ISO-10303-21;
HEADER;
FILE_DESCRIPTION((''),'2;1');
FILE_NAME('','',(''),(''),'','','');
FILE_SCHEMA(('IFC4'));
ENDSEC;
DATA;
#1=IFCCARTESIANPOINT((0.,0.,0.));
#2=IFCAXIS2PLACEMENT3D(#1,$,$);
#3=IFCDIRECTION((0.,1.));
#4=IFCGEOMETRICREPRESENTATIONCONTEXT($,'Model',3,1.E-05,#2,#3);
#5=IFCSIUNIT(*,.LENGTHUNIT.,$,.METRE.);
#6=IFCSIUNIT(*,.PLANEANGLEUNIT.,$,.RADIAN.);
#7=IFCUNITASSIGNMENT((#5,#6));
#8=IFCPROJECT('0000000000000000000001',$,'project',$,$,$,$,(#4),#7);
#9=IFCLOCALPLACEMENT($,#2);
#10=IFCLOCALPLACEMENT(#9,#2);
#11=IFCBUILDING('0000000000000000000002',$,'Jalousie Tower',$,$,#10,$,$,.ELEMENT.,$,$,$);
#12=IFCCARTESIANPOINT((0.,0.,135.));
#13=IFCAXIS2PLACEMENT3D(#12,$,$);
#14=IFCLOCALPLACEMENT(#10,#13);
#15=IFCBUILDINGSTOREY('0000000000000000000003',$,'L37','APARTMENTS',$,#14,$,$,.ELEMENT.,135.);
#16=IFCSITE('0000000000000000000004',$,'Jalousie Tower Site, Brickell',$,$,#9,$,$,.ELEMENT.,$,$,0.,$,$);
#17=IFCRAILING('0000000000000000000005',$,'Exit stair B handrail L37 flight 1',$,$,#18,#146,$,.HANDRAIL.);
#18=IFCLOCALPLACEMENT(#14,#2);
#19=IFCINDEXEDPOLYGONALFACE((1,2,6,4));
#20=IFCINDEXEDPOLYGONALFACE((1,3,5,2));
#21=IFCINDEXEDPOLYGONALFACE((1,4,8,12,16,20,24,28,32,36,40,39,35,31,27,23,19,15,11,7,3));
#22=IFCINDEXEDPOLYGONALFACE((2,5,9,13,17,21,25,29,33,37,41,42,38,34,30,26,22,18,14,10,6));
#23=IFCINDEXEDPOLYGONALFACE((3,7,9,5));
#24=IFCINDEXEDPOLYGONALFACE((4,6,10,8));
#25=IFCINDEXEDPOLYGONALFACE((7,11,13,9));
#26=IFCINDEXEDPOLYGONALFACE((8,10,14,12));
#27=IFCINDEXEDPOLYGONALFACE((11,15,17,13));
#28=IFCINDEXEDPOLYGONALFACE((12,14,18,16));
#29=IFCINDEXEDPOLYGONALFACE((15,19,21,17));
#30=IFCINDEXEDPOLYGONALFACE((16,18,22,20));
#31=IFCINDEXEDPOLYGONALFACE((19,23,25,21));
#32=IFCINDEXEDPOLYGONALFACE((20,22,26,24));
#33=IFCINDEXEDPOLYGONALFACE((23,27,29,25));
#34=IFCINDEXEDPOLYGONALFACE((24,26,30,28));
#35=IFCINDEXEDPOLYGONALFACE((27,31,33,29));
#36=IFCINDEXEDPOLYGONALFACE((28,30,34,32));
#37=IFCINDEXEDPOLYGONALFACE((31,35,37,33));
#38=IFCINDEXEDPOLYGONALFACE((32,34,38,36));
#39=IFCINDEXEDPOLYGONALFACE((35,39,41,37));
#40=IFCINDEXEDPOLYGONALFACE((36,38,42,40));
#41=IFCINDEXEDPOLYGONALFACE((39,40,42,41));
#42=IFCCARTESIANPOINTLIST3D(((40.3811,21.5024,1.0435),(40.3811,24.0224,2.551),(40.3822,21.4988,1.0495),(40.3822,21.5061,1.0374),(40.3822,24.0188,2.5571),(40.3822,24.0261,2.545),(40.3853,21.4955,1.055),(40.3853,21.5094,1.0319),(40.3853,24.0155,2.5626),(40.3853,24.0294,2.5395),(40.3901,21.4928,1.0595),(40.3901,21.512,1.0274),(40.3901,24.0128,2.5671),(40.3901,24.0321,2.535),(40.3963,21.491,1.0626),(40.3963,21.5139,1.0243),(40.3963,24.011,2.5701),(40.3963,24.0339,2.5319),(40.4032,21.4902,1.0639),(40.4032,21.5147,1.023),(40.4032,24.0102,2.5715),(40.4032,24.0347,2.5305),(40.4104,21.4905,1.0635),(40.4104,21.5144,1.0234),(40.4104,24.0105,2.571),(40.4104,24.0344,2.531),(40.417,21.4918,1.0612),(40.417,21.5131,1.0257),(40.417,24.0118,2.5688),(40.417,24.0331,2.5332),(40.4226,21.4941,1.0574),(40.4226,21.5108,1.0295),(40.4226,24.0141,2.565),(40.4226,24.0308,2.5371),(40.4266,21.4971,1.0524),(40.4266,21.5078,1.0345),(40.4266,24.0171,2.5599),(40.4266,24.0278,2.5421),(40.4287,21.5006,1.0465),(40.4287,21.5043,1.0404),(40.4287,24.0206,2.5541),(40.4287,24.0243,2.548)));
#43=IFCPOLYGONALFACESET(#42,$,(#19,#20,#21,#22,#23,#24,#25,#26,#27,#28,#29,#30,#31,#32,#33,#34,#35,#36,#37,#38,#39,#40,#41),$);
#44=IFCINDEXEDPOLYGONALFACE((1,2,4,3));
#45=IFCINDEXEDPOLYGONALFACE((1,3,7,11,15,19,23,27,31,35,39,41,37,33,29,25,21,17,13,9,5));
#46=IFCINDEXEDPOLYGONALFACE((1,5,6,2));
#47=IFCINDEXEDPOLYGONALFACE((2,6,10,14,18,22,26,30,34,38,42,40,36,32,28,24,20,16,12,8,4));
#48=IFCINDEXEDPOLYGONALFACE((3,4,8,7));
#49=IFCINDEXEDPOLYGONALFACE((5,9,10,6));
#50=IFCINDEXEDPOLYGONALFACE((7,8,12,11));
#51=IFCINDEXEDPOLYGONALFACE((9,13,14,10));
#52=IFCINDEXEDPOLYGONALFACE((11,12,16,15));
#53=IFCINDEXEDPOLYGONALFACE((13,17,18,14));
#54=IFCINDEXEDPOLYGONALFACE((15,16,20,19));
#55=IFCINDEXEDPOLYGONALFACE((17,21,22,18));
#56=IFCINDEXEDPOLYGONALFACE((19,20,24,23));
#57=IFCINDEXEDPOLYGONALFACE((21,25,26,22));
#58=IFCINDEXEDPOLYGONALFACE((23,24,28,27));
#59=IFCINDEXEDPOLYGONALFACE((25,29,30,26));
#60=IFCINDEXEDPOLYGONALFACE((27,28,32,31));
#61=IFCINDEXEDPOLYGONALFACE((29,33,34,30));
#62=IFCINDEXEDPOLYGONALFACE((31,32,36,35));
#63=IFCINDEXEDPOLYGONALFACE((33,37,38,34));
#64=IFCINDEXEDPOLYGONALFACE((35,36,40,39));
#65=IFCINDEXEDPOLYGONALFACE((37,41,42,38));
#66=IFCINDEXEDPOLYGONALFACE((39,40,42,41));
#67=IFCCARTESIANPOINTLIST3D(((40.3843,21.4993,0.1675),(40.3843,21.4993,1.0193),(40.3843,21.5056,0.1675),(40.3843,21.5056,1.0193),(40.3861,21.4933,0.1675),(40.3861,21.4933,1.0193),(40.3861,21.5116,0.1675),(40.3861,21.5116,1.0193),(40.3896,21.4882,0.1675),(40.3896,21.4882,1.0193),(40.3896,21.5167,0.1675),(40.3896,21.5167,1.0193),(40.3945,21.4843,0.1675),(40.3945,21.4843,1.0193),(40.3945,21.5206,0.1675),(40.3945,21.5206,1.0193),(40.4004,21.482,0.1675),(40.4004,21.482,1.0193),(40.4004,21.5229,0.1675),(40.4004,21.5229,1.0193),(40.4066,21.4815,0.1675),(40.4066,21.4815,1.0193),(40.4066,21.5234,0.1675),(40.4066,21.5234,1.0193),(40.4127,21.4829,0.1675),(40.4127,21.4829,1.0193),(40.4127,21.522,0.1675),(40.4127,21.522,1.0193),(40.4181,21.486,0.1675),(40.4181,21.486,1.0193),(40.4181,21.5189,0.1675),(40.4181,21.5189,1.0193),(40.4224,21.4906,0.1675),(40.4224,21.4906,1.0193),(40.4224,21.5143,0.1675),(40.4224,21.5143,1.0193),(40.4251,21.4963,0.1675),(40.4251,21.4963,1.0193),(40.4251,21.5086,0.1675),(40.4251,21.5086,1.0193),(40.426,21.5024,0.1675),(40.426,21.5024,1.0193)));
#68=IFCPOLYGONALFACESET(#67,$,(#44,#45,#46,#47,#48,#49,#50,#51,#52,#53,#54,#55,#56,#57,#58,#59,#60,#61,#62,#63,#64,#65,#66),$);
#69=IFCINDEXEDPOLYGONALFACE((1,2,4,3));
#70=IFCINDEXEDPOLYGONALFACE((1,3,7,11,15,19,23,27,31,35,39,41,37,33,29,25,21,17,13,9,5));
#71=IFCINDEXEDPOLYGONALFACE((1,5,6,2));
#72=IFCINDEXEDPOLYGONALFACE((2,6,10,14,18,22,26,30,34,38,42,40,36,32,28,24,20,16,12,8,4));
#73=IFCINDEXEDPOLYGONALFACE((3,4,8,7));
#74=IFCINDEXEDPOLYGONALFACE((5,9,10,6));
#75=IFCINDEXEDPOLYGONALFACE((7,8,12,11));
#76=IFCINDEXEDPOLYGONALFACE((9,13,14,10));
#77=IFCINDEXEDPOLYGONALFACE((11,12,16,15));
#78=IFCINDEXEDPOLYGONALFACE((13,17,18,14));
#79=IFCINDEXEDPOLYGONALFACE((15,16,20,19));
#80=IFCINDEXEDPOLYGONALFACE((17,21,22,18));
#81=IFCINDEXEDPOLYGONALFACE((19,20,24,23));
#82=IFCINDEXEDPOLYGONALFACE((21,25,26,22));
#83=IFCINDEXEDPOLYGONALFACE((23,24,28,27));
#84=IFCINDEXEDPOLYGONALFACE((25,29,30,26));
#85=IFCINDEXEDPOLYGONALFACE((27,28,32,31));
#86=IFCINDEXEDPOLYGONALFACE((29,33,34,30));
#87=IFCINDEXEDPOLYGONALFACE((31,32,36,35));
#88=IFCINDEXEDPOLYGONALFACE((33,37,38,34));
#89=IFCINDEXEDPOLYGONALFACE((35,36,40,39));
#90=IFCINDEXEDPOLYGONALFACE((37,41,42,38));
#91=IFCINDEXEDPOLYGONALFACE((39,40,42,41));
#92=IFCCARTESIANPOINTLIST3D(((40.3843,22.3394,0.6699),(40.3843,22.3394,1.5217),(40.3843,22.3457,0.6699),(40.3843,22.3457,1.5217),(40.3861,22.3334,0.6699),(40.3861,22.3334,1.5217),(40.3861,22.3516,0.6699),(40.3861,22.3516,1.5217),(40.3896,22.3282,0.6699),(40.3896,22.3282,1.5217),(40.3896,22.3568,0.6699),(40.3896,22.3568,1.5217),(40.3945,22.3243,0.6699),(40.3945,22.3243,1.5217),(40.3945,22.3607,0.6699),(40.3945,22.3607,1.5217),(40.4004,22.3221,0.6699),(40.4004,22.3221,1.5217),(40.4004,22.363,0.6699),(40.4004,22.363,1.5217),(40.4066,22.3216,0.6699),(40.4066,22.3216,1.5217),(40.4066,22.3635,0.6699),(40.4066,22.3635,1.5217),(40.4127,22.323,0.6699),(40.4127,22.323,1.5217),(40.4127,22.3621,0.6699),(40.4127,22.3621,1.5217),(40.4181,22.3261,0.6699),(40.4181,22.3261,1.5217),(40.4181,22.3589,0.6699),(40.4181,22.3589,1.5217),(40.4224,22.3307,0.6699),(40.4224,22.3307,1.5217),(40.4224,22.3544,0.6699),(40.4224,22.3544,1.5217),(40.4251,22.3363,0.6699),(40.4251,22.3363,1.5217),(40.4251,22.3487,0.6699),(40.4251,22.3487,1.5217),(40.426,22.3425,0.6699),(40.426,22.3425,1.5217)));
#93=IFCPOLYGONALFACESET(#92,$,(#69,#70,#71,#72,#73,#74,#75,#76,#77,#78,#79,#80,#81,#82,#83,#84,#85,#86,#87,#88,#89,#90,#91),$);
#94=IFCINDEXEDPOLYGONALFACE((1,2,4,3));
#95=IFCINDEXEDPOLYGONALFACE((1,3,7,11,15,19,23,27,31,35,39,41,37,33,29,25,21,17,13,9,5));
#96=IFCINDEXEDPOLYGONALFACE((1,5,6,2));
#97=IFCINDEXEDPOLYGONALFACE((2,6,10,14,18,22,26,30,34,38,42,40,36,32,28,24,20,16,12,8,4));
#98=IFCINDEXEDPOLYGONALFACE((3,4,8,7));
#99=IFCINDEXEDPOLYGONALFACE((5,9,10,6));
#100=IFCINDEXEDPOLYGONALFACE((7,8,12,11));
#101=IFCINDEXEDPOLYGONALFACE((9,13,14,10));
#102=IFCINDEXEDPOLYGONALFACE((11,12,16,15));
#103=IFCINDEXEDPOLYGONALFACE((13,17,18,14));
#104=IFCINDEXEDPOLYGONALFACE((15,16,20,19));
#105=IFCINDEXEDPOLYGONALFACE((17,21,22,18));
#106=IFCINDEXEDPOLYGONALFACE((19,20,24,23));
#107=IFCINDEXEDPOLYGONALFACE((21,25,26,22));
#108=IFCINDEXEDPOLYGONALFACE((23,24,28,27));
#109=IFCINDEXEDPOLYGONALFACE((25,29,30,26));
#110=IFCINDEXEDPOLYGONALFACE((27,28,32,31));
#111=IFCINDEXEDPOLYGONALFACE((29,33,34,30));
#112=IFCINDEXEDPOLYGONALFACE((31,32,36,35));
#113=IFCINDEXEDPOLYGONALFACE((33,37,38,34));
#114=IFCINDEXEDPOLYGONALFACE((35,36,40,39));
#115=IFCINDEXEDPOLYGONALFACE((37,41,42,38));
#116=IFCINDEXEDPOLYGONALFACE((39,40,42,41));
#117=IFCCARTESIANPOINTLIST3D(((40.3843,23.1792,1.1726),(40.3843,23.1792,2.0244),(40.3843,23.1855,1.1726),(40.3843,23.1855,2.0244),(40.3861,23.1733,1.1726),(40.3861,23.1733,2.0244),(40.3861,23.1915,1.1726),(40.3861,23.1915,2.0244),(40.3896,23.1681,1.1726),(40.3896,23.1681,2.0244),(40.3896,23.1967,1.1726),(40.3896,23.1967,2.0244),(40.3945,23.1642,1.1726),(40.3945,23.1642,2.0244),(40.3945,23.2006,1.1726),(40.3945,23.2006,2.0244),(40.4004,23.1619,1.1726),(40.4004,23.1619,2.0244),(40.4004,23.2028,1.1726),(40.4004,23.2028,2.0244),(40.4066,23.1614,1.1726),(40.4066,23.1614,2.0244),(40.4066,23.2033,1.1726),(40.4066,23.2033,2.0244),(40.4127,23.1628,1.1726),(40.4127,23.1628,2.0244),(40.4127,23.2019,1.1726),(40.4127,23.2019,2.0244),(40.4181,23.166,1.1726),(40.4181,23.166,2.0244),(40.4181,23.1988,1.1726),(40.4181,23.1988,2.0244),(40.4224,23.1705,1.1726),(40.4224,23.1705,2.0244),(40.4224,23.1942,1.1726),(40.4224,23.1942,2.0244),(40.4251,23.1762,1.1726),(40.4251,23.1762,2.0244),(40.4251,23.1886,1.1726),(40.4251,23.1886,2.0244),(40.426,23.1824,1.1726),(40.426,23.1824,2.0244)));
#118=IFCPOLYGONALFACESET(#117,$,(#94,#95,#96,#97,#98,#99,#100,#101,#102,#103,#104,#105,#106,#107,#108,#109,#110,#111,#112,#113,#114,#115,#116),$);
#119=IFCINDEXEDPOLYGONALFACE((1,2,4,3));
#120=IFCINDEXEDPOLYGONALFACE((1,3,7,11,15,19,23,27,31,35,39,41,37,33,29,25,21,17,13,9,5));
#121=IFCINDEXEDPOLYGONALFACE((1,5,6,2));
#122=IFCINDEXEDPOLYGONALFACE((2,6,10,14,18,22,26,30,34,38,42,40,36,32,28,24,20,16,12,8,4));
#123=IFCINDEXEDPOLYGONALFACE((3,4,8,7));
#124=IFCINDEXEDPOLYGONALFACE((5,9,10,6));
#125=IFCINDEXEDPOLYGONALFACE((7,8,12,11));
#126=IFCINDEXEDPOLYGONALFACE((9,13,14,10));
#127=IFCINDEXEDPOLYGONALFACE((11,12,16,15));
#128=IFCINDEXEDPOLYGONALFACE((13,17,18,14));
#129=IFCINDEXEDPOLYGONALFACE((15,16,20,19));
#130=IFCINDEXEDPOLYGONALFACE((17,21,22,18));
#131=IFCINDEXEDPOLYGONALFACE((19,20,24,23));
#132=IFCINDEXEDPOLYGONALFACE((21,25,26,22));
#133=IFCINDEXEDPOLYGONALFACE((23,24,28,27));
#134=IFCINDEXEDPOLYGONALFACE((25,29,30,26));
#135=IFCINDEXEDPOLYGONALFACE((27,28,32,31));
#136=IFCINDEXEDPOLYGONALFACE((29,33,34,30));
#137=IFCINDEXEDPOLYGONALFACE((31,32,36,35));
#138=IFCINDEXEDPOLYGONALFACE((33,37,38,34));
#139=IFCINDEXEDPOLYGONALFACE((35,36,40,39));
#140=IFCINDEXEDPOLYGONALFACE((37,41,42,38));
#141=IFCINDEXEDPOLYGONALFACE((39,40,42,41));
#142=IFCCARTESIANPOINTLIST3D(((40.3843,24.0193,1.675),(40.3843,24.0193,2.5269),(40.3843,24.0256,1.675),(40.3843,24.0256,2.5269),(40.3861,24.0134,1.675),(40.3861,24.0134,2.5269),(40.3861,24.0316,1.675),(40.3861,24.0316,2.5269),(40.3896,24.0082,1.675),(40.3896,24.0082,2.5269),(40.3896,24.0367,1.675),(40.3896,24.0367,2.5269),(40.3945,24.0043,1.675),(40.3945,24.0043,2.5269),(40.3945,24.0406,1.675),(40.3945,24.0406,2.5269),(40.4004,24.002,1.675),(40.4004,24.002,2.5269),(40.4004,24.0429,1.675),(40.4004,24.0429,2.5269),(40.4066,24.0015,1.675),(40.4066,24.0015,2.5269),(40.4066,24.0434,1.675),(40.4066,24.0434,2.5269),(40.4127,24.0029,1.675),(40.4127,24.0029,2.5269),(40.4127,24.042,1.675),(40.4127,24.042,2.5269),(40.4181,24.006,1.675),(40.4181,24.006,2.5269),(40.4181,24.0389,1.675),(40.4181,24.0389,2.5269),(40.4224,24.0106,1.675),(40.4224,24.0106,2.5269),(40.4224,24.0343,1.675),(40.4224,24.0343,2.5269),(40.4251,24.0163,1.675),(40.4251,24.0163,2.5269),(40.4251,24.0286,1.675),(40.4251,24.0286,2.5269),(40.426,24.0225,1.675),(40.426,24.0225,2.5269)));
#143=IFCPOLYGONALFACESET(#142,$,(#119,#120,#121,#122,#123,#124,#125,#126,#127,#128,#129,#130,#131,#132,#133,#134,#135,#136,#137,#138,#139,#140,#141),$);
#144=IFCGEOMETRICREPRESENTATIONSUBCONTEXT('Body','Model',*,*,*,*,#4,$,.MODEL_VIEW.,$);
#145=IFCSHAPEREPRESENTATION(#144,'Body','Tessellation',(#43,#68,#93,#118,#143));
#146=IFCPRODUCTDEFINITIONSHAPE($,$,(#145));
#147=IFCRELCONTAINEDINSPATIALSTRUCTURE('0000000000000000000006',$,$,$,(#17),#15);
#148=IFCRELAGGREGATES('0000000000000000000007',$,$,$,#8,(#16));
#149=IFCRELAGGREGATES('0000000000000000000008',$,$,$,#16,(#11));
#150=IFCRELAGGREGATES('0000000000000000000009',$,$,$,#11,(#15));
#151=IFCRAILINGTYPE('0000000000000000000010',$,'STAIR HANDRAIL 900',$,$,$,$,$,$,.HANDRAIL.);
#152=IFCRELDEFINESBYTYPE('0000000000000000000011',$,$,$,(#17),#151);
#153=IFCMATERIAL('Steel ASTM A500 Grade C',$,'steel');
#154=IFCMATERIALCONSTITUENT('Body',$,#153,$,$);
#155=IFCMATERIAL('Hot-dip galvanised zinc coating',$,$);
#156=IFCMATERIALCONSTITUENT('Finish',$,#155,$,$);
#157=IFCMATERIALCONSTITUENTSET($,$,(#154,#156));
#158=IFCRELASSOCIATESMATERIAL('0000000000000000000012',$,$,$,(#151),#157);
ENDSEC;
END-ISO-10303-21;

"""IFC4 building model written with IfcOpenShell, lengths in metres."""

from ifc_helpers import new_model, si_unit, direction, frame, origin, origin_2d, place, context, subcontext, project, spatial, circle, extrude, material, constituent, constituent_set, type_object, element, save


model = new_model("IFC4")

# Units and contexts
model_context = context("Model", 3, precision=1e-05, world=origin(), true_north=direction((0.0, 1.0)))
body_context = subcontext(model_context, "Body", "Model", "MODEL_VIEW")
ifc_project = project(units=[si_unit("LENGTHUNIT", "METRE"), si_unit("PLANEANGLEUNIT", "RADIAN")], contexts=[model_context])

# Site, building, storey
site_placement = place(None, origin())
site = spatial("IfcSite", under=ifc_project, at=site_placement, Name="Jalousie Tower Site, Brickell", CompositionType="ELEMENT", RefElevation=0.0)
building_placement = place(site_placement, origin())
building = spatial("IfcBuilding", under=site, at=building_placement, Name="Jalousie Tower", CompositionType="ELEMENT")
storey_placement = place(building_placement, frame((0.0, 0.0, 135.0)))
storey = spatial("IfcBuildingStorey", under=building, at=storey_placement, Name="L37", Description="APARTMENTS", CompositionType="ELEMENT", Elevation=135.0)

# Railing
ifc_material_1 = material(Name="Steel ASTM A500 Grade C", Category="steel")
ifc_constituent_1 = constituent(ifc_material_1, Name="Body")
ifc_material_2 = material(Name="Hot-dip galvanised zinc coating")
ifc_constituent_2 = constituent(ifc_material_2, Name="Finish")
ifc_constituent_set_1 = constituent_set(constituents=[ifc_constituent_1, ifc_constituent_2])
railing_type_1 = type_object("IfcRailingType", Name="STAIR HANDRAIL 900", PredefinedType="HANDRAIL", material=ifc_constituent_set_1)
railing_1_placement = place(storey_placement, frame((40.405, 21.5024, 0.1675)))
element("IfcRailing", 1, at=railing_1_placement, inside=storey, type_object=railing_type_1, Name="Exit stair B handrail L37 flight 1", PredefinedType="HANDRAIL", context=body_context, shape_type="SweptSolid", body=[
    extrude(circle(Radius=0.0239, at=origin_2d()), frame((0.0, 0.0, 0.876), z_axis=(0.0, 0.85816, 0.513383), x_axis=(-1.0, 0.0, 0.0)), (0.0, 0.0, 1.0), 2.9365),
    extrude(circle(Radius=0.021, at=origin_2d()), origin(), (0.0, 0.0, 1.0), 0.8518),
    extrude(circle(Radius=0.021, at=origin_2d()), frame((0.0, 0.8401, 0.5024)), (0.0, 0.0, 1.0), 0.8518),
    extrude(circle(Radius=0.021, at=origin_2d()), frame((0.0, 1.6799, 1.0051)), (0.0, 0.0, 1.0), 0.8518),
    extrude(circle(Radius=0.021, at=origin_2d()), frame((0.0, 2.52, 1.5076)), (0.0, 0.0, 1.0), 0.8518),
])

save(model, "model.ifc")
